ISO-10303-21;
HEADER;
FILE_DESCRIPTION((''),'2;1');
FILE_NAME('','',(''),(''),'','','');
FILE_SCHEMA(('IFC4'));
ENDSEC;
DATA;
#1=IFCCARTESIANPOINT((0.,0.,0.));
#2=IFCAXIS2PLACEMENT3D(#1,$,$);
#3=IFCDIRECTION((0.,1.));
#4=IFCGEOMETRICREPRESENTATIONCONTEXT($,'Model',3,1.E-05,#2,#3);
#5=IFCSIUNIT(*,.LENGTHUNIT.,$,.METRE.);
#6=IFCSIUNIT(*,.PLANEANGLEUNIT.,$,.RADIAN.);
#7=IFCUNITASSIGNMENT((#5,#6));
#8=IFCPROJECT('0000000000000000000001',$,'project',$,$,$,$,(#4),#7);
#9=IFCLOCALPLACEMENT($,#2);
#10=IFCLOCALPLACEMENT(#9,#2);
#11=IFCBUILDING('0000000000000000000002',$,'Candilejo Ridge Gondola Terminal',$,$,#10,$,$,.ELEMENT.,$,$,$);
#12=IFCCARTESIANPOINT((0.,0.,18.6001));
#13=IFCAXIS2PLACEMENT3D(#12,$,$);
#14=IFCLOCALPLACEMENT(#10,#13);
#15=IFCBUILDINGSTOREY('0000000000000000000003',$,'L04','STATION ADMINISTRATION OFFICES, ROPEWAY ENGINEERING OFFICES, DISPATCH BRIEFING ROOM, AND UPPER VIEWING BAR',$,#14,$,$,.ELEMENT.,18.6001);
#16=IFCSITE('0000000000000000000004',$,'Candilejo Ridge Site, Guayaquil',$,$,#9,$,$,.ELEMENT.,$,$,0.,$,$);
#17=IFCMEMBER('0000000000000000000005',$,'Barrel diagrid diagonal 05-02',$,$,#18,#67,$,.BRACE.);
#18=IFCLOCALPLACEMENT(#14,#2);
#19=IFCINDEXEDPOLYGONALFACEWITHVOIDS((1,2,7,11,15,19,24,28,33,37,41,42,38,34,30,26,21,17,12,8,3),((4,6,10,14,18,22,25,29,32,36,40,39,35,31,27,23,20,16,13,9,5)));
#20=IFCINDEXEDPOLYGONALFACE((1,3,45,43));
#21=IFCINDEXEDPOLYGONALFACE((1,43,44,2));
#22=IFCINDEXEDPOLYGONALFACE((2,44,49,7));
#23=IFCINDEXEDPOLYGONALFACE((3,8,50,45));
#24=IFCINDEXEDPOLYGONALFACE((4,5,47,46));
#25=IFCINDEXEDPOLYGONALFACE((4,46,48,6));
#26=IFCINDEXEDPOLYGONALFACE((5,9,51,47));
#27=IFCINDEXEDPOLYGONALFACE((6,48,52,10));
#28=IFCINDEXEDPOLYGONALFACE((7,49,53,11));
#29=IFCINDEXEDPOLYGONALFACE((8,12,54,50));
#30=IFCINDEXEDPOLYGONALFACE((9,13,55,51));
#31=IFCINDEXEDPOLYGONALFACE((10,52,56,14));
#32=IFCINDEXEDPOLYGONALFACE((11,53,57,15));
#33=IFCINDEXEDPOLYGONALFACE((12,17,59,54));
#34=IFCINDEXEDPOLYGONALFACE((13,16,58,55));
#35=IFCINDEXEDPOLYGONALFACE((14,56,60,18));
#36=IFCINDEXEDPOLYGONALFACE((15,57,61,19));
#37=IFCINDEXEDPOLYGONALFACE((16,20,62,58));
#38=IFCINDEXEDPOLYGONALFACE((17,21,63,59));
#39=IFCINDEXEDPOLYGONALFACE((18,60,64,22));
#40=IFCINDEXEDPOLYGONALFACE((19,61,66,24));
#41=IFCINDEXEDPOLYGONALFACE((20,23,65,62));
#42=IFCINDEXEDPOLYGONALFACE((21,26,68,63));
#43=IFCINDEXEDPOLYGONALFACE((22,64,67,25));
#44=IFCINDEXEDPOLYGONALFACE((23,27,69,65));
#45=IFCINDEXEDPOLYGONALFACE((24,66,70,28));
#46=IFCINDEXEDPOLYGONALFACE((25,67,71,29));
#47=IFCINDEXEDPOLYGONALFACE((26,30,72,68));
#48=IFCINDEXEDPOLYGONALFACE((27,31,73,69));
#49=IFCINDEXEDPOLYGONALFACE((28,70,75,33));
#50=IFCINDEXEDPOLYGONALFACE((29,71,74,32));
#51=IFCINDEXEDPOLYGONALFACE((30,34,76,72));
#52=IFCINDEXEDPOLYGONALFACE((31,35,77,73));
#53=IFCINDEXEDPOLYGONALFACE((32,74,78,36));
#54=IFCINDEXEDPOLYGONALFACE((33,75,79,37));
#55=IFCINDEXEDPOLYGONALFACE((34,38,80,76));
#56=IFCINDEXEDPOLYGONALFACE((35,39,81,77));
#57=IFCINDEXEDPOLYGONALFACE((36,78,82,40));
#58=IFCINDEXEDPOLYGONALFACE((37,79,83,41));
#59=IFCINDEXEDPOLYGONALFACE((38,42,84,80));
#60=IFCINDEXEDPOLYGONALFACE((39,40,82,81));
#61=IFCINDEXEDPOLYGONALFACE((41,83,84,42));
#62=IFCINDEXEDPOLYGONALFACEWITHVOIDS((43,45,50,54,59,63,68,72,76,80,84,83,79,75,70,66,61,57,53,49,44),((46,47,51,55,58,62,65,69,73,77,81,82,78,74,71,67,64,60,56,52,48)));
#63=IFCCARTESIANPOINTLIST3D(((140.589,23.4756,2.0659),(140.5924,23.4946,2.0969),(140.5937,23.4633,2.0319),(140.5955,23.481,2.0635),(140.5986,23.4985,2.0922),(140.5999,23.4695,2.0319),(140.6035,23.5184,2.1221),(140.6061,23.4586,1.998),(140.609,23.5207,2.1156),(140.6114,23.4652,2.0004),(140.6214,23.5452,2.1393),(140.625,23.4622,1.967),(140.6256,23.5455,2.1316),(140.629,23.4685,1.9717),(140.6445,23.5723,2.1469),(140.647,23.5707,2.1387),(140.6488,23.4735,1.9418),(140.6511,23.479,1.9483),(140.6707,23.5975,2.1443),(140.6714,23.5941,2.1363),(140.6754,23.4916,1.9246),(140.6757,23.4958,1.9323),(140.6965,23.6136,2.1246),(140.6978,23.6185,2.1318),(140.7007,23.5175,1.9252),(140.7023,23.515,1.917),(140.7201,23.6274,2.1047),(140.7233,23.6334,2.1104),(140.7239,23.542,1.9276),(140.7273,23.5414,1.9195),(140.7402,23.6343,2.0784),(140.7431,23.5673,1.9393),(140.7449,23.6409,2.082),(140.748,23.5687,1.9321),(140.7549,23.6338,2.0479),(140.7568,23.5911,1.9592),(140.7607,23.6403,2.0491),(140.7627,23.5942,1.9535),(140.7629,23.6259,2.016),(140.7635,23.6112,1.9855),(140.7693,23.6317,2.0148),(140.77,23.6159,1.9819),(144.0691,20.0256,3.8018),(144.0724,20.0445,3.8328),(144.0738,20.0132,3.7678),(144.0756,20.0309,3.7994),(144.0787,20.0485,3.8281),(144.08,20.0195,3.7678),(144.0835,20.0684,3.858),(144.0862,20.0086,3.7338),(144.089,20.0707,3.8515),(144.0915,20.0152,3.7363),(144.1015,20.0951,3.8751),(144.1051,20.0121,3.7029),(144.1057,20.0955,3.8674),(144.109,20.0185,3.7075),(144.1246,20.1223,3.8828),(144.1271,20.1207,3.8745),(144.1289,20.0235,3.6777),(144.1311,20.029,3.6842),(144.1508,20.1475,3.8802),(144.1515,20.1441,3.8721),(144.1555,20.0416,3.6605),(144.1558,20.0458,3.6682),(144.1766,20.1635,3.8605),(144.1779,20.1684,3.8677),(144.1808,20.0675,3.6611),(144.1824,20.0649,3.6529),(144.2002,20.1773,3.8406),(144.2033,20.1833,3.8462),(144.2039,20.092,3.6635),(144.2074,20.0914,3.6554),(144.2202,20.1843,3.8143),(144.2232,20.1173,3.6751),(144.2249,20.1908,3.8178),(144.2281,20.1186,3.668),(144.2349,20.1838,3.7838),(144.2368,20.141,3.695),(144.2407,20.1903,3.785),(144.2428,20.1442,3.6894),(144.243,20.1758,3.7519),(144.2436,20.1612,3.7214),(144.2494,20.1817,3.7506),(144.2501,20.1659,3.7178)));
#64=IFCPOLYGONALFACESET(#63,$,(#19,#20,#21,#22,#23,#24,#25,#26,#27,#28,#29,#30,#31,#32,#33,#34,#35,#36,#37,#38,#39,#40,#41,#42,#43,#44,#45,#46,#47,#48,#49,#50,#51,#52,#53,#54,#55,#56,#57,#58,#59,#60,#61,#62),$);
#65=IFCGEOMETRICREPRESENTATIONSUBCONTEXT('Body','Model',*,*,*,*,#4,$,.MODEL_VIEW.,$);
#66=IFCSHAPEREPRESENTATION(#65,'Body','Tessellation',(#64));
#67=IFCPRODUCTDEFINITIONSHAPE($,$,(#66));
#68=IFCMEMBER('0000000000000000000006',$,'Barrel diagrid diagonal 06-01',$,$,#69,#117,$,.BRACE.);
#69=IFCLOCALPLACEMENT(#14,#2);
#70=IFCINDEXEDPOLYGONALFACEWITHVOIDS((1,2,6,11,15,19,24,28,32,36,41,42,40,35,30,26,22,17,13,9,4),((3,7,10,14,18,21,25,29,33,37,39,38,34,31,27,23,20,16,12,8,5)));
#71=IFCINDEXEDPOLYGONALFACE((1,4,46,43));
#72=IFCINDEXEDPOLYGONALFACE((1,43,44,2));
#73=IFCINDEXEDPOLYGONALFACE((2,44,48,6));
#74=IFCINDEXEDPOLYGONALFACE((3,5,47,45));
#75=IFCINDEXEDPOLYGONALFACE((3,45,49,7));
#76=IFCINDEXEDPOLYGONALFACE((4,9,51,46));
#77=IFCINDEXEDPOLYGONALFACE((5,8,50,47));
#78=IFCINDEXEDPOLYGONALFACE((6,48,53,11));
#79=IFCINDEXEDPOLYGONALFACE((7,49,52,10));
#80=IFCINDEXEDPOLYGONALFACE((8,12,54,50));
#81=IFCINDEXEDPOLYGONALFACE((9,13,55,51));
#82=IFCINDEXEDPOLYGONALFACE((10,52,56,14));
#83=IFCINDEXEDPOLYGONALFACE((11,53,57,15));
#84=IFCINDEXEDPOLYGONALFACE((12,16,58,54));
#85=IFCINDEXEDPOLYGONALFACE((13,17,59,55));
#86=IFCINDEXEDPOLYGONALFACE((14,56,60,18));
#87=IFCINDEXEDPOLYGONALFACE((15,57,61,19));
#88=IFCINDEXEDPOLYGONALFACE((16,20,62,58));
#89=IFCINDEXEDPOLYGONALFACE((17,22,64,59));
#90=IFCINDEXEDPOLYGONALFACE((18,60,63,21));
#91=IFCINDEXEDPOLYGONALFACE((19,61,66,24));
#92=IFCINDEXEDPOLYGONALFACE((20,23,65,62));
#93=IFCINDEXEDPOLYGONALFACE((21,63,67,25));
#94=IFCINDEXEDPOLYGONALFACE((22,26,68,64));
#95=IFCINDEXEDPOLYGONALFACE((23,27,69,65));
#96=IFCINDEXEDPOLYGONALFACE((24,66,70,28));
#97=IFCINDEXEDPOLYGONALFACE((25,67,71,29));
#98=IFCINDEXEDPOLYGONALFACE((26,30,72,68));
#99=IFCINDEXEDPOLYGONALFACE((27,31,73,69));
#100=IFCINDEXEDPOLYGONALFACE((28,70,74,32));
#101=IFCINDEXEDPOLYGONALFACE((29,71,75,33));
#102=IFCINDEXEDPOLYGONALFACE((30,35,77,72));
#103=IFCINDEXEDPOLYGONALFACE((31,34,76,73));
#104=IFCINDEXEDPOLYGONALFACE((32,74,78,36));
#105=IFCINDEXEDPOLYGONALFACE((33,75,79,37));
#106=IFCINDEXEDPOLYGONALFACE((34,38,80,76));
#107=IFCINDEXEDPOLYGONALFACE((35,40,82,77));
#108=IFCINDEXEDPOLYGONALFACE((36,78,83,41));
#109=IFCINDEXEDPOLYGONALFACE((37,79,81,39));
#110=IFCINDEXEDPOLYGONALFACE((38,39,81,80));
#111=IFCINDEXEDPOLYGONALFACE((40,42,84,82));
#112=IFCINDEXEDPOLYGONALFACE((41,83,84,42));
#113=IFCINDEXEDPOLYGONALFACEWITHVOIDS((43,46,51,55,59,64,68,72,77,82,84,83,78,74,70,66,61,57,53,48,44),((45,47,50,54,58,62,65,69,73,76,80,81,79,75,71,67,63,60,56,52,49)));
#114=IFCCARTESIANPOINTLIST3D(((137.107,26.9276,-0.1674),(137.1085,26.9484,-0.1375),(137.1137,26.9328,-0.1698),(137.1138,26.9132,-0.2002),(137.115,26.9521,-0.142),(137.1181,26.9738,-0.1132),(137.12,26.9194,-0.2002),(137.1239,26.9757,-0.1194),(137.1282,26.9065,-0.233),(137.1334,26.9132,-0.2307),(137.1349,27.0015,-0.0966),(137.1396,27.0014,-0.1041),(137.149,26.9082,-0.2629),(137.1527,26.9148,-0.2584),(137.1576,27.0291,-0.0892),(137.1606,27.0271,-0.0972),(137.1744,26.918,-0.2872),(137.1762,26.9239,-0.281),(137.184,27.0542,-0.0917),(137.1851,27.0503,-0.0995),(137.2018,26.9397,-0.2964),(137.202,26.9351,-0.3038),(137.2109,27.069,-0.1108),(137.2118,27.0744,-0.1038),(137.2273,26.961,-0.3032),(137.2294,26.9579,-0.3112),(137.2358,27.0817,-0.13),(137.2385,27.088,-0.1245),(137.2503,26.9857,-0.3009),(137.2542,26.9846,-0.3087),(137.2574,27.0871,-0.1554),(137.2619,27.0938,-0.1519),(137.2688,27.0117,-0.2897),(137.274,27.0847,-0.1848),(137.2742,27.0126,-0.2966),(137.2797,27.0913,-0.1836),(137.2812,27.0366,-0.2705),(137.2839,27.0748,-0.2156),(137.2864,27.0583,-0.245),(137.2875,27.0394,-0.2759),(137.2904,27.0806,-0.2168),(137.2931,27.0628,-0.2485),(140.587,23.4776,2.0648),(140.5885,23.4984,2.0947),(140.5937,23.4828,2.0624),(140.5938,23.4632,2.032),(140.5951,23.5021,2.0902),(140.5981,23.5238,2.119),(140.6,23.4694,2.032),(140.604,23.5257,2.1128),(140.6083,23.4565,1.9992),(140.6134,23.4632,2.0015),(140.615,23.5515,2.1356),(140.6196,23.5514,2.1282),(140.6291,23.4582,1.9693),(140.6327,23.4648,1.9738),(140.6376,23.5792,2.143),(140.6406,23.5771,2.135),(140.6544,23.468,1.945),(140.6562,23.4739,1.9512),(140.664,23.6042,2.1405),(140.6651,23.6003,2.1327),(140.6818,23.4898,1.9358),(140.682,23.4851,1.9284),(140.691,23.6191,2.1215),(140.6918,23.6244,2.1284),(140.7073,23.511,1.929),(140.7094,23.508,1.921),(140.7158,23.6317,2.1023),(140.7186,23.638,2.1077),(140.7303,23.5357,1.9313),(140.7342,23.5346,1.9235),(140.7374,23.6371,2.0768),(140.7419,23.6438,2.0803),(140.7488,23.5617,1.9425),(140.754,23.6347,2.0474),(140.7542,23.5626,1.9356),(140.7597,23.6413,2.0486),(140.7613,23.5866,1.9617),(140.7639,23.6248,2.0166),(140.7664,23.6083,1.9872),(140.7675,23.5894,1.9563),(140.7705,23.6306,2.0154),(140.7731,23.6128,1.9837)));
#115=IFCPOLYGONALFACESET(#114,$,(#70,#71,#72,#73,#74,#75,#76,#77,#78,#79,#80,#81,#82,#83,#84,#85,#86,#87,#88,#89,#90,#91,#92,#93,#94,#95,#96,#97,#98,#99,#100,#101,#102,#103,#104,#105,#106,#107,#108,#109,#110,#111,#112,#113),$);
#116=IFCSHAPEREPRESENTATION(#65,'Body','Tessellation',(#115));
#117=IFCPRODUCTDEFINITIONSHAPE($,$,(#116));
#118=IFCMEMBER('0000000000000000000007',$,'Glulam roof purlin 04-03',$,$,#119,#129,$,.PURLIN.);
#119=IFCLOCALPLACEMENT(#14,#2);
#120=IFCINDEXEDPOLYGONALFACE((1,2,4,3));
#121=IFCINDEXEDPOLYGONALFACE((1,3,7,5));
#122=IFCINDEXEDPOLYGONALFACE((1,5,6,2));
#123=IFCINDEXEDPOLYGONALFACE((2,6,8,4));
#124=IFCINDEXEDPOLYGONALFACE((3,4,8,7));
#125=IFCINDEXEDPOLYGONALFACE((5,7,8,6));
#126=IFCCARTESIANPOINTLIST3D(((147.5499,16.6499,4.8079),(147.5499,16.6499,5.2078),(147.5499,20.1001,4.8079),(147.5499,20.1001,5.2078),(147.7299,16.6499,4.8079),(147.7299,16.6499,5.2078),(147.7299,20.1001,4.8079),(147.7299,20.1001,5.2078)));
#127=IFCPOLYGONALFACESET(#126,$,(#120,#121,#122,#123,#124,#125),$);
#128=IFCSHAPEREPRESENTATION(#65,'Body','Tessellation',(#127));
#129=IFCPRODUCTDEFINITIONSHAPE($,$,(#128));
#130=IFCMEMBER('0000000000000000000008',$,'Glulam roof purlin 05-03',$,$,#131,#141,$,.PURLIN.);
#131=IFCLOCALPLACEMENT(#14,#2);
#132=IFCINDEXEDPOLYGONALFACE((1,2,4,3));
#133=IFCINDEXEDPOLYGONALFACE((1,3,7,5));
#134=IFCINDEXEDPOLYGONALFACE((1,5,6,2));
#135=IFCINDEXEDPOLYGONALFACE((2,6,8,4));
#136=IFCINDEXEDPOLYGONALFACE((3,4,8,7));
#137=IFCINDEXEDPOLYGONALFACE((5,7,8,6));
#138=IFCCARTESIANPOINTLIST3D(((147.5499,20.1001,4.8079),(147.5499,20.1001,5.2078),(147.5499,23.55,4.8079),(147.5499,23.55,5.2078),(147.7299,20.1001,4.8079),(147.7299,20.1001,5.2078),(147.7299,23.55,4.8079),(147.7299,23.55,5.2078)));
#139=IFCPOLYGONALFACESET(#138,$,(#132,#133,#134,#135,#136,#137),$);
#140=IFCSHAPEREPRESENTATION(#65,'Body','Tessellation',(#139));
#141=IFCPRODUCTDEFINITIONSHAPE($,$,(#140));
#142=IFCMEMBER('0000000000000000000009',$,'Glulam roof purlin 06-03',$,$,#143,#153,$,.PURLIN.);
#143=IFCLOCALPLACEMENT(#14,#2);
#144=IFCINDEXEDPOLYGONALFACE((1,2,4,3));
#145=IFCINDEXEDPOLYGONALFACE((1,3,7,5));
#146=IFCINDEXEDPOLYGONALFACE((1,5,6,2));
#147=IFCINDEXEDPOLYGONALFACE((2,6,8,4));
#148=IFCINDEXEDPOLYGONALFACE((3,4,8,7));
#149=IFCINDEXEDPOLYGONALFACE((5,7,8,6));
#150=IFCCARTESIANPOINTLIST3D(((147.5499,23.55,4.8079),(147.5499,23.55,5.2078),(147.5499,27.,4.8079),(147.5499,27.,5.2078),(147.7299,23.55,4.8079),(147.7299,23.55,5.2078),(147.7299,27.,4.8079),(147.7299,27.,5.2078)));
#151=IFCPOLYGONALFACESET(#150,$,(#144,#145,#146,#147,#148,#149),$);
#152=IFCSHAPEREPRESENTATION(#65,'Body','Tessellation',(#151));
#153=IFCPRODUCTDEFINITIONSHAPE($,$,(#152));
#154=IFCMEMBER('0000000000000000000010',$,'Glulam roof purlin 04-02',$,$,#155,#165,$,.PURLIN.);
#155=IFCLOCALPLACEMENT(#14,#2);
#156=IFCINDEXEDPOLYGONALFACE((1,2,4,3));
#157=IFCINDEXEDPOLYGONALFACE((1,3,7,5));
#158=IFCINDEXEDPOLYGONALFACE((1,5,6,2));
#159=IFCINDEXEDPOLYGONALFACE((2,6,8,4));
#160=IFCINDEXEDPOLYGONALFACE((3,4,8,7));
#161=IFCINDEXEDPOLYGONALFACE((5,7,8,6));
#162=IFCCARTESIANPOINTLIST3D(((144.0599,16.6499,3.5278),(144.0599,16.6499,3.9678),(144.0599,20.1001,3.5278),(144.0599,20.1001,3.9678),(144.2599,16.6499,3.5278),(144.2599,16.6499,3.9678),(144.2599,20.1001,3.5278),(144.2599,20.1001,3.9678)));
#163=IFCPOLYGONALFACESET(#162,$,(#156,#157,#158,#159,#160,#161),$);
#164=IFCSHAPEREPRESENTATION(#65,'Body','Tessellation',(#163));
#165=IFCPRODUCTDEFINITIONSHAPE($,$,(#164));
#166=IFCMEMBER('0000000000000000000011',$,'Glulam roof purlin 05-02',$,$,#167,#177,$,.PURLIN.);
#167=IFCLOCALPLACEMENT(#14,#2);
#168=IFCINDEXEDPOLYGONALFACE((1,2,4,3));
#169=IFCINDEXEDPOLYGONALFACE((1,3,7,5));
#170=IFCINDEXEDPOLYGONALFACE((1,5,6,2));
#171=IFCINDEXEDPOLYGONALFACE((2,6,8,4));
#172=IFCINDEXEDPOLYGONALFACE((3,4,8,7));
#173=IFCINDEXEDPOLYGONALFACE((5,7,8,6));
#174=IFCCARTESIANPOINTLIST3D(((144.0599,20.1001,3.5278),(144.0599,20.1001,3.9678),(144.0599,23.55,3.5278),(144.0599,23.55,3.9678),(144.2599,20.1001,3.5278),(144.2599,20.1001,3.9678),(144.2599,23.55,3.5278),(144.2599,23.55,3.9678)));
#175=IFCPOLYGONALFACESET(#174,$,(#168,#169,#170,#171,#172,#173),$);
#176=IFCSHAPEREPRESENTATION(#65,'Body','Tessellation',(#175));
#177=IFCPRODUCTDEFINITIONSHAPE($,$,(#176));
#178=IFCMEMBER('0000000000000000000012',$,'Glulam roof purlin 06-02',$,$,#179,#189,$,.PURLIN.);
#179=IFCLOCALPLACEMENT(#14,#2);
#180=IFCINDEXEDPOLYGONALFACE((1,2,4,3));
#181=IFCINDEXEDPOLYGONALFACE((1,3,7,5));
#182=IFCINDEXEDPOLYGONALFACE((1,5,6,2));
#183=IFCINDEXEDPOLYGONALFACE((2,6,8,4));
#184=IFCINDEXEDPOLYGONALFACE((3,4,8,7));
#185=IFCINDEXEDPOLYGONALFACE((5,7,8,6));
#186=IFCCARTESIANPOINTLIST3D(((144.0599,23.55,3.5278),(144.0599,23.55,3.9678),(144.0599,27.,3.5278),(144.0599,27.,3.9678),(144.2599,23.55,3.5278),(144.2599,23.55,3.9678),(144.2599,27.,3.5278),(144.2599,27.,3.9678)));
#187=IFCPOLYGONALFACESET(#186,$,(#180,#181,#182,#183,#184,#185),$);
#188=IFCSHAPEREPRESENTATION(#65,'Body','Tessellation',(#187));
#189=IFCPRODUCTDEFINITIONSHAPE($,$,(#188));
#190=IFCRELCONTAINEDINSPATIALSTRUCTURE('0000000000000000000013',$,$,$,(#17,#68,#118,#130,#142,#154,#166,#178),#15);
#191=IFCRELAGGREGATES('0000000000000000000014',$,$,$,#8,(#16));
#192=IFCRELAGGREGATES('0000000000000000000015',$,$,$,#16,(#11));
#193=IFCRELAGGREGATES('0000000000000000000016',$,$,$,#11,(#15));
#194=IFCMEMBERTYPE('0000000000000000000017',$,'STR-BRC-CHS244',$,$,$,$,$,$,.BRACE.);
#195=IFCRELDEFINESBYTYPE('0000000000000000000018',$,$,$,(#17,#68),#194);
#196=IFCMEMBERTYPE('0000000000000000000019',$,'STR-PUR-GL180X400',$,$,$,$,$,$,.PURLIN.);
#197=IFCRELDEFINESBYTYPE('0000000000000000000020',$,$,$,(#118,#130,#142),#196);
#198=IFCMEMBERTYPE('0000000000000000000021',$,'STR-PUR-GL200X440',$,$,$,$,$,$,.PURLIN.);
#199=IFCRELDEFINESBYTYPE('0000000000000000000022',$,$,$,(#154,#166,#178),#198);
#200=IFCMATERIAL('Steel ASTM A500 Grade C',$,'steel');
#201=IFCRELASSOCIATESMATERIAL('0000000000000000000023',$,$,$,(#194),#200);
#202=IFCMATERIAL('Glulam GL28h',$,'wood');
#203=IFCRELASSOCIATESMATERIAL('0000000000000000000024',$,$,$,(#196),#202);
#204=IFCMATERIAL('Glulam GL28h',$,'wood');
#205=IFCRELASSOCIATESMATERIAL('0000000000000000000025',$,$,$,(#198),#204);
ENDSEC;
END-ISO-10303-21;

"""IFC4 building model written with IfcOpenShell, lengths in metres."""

from ifc_helpers import new_model, si_unit, direction, frame, origin, origin_2d, place, context, subcontext, project, spatial, rectangle, hollow_circle, extrude, material, material_profile, profile_set, type_object, element, save


model = new_model("IFC4")

# Units and contexts
model_context = context("Model", 3, precision=1e-05, world=origin(), true_north=direction((0.0, 1.0)))
body_context = subcontext(model_context, "Body", "Model", "MODEL_VIEW")
ifc_project = project(units=[si_unit("LENGTHUNIT", "METRE"), si_unit("PLANEANGLEUNIT", "RADIAN")], contexts=[model_context])

# Site, building, storey
site_placement = place(None, origin())
site = spatial("IfcSite", under=ifc_project, at=site_placement, Name="Candilejo Ridge Site, Guayaquil", CompositionType="ELEMENT", RefElevation=0.0)
building_placement = place(site_placement, origin())
building = spatial("IfcBuilding", under=site, at=building_placement, Name="Candilejo Ridge Gondola Terminal", CompositionType="ELEMENT")
storey_placement = place(building_placement, frame((0.0, 0.0, 18.6001)))
storey = spatial("IfcBuildingStorey", under=building, at=storey_placement, Name="L04", Description="STATION ADMINISTRATION OFFICES, ROPEWAY ENGINEERING OFFICES, DISPATCH BRIEFING ROOM, AND UPPER VIEWING BAR", CompositionType="ELEMENT", Elevation=18.6001)

# Members
ifc_material_1 = material(Name="Steel ASTM A500 Grade C", Category="steel")
ifc_material_profile_1 = material_profile(ifc_material_1, hollow_circle(Radius=0.1223, WallThickness=0.0088, at=origin_2d()))
ifc_profile_set_1 = profile_set([ifc_material_profile_1], Name="Steel ASTM A500 Grade C")
member_type_1 = type_object("IfcMemberType", Name="STR-BRC-CHS244", PredefinedType="BRACE", material=ifc_profile_set_1)
member_1_placement = place(storey_placement, frame((144.1599, 20.1001, 3.7678), z_axis=(-0.669406, 0.663629, -0.333904), x_axis=(-0.704036, -0.710164, 0.0)))
element("IfcMember", 1, at=member_1_placement, inside=storey, type_object=member_type_1, Name="Barrel diagrid diagonal 05-02", PredefinedType="BRACE", context=body_context, shape_type="SweptSolid", body=[
    extrude(hollow_circle(Radius=0.1223, WallThickness=0.0088, at=origin_2d()), origin(), (0.0, 0.0, 1.0), 5.1987),
])
member_2_placement = place(storey_placement, frame((140.6799, 23.55, 2.032), z_axis=(-0.646271, 0.640695, -0.41454), x_axis=(-0.704036, -0.710164, 0.0)))
element("IfcMember", 2, at=member_2_placement, inside=storey, type_object=member_type_1, Name="Barrel diagrid diagonal 06-01", PredefinedType="BRACE", context=body_context, shape_type="SweptSolid", body=[
    extrude(hollow_circle(Radius=0.1223, WallThickness=0.0088, at=origin_2d()), origin(), (0.0, 0.0, 1.0), 5.3848),
])
ifc_material_2 = material(Name="Glulam GL28h", Category="wood")
ifc_material_profile_2 = material_profile(ifc_material_2, rectangle(XDim=0.1799, YDim=0.3999, at=origin_2d()))
ifc_profile_set_2 = profile_set([ifc_material_profile_2], Name="Glulam GL28h")
member_type_2 = type_object("IfcMemberType", Name="STR-PUR-GL180X400", PredefinedType="PURLIN", material=ifc_profile_set_2)
member_3_placement = place(storey_placement, frame((147.6399, 16.6499, 5.0078), z_axis=(0.0, 1.0, 0.0), x_axis=(-1.0, 0.0, 0.0)))
element("IfcMember", 3, at=member_3_placement, inside=storey, type_object=member_type_2, Name="Glulam roof purlin 04-03", PredefinedType="PURLIN", context=body_context, shape_type="SweptSolid", body=[
    extrude(rectangle(XDim=0.1799, YDim=0.3999, at=origin_2d()), origin(), (0.0, 0.0, 1.0), 3.4502),
])
for number, where, z_axis, x_axis, name in (
    (4, (147.6399, 20.1001, 5.0078), (0.0, 1.0, 0.0), (-1.0, 0.0, 0.0), "Glulam roof purlin 05-03"),
    (5, (147.6399, 23.55, 5.0078), (0.0, 1.0, 0.0), (-1.0, 0.0, 0.0), "Glulam roof purlin 06-03"),
):
    element("IfcMember", number, at=place(storey_placement, frame(where, z_axis=z_axis, x_axis=x_axis)), inside=storey, type_object=member_type_2, Name=name, PredefinedType="PURLIN", context=body_context, shape_type="SweptSolid", body=[
        extrude(rectangle(XDim=0.1799, YDim=0.3999, at=origin_2d()), origin(), (0.0, 0.0, 1.0), 3.45),
    ])
ifc_material_3 = material(Name="Glulam GL28h", Category="wood")
ifc_material_profile_3 = material_profile(ifc_material_3, rectangle(XDim=0.2, YDim=0.4399, at=origin_2d()))
ifc_profile_set_3 = profile_set([ifc_material_profile_3], Name="Glulam GL28h")
member_type_3 = type_object("IfcMemberType", Name="STR-PUR-GL200X440", PredefinedType="PURLIN", material=ifc_profile_set_3)
member_4_placement = place(storey_placement, frame((144.1599, 16.6499, 3.7478), z_axis=(0.0, 1.0, 0.0), x_axis=(-1.0, 0.0, 0.0)))
element("IfcMember", 6, at=member_4_placement, inside=storey, type_object=member_type_3, Name="Glulam roof purlin 04-02", PredefinedType="PURLIN", context=body_context, shape_type="SweptSolid", body=[
    extrude(rectangle(XDim=0.2, YDim=0.4399, at=origin_2d()), origin(), (0.0, 0.0, 1.0), 3.4502),
])
for number, where, z_axis, x_axis, name in (
    (7, (144.1599, 20.1001, 3.7478), (0.0, 1.0, 0.0), (-1.0, 0.0, 0.0), "Glulam roof purlin 05-02"),
    (8, (144.1599, 23.55, 3.7478), (0.0, 1.0, 0.0), (-1.0, 0.0, 0.0), "Glulam roof purlin 06-02"),
):
    element("IfcMember", number, at=place(storey_placement, frame(where, z_axis=z_axis, x_axis=x_axis)), inside=storey, type_object=member_type_3, Name=name, PredefinedType="PURLIN", context=body_context, shape_type="SweptSolid", body=[
        extrude(rectangle(XDim=0.2, YDim=0.4399, at=origin_2d()), origin(), (0.0, 0.0, 1.0), 3.45),
    ])

save(model, "model.ifc")
